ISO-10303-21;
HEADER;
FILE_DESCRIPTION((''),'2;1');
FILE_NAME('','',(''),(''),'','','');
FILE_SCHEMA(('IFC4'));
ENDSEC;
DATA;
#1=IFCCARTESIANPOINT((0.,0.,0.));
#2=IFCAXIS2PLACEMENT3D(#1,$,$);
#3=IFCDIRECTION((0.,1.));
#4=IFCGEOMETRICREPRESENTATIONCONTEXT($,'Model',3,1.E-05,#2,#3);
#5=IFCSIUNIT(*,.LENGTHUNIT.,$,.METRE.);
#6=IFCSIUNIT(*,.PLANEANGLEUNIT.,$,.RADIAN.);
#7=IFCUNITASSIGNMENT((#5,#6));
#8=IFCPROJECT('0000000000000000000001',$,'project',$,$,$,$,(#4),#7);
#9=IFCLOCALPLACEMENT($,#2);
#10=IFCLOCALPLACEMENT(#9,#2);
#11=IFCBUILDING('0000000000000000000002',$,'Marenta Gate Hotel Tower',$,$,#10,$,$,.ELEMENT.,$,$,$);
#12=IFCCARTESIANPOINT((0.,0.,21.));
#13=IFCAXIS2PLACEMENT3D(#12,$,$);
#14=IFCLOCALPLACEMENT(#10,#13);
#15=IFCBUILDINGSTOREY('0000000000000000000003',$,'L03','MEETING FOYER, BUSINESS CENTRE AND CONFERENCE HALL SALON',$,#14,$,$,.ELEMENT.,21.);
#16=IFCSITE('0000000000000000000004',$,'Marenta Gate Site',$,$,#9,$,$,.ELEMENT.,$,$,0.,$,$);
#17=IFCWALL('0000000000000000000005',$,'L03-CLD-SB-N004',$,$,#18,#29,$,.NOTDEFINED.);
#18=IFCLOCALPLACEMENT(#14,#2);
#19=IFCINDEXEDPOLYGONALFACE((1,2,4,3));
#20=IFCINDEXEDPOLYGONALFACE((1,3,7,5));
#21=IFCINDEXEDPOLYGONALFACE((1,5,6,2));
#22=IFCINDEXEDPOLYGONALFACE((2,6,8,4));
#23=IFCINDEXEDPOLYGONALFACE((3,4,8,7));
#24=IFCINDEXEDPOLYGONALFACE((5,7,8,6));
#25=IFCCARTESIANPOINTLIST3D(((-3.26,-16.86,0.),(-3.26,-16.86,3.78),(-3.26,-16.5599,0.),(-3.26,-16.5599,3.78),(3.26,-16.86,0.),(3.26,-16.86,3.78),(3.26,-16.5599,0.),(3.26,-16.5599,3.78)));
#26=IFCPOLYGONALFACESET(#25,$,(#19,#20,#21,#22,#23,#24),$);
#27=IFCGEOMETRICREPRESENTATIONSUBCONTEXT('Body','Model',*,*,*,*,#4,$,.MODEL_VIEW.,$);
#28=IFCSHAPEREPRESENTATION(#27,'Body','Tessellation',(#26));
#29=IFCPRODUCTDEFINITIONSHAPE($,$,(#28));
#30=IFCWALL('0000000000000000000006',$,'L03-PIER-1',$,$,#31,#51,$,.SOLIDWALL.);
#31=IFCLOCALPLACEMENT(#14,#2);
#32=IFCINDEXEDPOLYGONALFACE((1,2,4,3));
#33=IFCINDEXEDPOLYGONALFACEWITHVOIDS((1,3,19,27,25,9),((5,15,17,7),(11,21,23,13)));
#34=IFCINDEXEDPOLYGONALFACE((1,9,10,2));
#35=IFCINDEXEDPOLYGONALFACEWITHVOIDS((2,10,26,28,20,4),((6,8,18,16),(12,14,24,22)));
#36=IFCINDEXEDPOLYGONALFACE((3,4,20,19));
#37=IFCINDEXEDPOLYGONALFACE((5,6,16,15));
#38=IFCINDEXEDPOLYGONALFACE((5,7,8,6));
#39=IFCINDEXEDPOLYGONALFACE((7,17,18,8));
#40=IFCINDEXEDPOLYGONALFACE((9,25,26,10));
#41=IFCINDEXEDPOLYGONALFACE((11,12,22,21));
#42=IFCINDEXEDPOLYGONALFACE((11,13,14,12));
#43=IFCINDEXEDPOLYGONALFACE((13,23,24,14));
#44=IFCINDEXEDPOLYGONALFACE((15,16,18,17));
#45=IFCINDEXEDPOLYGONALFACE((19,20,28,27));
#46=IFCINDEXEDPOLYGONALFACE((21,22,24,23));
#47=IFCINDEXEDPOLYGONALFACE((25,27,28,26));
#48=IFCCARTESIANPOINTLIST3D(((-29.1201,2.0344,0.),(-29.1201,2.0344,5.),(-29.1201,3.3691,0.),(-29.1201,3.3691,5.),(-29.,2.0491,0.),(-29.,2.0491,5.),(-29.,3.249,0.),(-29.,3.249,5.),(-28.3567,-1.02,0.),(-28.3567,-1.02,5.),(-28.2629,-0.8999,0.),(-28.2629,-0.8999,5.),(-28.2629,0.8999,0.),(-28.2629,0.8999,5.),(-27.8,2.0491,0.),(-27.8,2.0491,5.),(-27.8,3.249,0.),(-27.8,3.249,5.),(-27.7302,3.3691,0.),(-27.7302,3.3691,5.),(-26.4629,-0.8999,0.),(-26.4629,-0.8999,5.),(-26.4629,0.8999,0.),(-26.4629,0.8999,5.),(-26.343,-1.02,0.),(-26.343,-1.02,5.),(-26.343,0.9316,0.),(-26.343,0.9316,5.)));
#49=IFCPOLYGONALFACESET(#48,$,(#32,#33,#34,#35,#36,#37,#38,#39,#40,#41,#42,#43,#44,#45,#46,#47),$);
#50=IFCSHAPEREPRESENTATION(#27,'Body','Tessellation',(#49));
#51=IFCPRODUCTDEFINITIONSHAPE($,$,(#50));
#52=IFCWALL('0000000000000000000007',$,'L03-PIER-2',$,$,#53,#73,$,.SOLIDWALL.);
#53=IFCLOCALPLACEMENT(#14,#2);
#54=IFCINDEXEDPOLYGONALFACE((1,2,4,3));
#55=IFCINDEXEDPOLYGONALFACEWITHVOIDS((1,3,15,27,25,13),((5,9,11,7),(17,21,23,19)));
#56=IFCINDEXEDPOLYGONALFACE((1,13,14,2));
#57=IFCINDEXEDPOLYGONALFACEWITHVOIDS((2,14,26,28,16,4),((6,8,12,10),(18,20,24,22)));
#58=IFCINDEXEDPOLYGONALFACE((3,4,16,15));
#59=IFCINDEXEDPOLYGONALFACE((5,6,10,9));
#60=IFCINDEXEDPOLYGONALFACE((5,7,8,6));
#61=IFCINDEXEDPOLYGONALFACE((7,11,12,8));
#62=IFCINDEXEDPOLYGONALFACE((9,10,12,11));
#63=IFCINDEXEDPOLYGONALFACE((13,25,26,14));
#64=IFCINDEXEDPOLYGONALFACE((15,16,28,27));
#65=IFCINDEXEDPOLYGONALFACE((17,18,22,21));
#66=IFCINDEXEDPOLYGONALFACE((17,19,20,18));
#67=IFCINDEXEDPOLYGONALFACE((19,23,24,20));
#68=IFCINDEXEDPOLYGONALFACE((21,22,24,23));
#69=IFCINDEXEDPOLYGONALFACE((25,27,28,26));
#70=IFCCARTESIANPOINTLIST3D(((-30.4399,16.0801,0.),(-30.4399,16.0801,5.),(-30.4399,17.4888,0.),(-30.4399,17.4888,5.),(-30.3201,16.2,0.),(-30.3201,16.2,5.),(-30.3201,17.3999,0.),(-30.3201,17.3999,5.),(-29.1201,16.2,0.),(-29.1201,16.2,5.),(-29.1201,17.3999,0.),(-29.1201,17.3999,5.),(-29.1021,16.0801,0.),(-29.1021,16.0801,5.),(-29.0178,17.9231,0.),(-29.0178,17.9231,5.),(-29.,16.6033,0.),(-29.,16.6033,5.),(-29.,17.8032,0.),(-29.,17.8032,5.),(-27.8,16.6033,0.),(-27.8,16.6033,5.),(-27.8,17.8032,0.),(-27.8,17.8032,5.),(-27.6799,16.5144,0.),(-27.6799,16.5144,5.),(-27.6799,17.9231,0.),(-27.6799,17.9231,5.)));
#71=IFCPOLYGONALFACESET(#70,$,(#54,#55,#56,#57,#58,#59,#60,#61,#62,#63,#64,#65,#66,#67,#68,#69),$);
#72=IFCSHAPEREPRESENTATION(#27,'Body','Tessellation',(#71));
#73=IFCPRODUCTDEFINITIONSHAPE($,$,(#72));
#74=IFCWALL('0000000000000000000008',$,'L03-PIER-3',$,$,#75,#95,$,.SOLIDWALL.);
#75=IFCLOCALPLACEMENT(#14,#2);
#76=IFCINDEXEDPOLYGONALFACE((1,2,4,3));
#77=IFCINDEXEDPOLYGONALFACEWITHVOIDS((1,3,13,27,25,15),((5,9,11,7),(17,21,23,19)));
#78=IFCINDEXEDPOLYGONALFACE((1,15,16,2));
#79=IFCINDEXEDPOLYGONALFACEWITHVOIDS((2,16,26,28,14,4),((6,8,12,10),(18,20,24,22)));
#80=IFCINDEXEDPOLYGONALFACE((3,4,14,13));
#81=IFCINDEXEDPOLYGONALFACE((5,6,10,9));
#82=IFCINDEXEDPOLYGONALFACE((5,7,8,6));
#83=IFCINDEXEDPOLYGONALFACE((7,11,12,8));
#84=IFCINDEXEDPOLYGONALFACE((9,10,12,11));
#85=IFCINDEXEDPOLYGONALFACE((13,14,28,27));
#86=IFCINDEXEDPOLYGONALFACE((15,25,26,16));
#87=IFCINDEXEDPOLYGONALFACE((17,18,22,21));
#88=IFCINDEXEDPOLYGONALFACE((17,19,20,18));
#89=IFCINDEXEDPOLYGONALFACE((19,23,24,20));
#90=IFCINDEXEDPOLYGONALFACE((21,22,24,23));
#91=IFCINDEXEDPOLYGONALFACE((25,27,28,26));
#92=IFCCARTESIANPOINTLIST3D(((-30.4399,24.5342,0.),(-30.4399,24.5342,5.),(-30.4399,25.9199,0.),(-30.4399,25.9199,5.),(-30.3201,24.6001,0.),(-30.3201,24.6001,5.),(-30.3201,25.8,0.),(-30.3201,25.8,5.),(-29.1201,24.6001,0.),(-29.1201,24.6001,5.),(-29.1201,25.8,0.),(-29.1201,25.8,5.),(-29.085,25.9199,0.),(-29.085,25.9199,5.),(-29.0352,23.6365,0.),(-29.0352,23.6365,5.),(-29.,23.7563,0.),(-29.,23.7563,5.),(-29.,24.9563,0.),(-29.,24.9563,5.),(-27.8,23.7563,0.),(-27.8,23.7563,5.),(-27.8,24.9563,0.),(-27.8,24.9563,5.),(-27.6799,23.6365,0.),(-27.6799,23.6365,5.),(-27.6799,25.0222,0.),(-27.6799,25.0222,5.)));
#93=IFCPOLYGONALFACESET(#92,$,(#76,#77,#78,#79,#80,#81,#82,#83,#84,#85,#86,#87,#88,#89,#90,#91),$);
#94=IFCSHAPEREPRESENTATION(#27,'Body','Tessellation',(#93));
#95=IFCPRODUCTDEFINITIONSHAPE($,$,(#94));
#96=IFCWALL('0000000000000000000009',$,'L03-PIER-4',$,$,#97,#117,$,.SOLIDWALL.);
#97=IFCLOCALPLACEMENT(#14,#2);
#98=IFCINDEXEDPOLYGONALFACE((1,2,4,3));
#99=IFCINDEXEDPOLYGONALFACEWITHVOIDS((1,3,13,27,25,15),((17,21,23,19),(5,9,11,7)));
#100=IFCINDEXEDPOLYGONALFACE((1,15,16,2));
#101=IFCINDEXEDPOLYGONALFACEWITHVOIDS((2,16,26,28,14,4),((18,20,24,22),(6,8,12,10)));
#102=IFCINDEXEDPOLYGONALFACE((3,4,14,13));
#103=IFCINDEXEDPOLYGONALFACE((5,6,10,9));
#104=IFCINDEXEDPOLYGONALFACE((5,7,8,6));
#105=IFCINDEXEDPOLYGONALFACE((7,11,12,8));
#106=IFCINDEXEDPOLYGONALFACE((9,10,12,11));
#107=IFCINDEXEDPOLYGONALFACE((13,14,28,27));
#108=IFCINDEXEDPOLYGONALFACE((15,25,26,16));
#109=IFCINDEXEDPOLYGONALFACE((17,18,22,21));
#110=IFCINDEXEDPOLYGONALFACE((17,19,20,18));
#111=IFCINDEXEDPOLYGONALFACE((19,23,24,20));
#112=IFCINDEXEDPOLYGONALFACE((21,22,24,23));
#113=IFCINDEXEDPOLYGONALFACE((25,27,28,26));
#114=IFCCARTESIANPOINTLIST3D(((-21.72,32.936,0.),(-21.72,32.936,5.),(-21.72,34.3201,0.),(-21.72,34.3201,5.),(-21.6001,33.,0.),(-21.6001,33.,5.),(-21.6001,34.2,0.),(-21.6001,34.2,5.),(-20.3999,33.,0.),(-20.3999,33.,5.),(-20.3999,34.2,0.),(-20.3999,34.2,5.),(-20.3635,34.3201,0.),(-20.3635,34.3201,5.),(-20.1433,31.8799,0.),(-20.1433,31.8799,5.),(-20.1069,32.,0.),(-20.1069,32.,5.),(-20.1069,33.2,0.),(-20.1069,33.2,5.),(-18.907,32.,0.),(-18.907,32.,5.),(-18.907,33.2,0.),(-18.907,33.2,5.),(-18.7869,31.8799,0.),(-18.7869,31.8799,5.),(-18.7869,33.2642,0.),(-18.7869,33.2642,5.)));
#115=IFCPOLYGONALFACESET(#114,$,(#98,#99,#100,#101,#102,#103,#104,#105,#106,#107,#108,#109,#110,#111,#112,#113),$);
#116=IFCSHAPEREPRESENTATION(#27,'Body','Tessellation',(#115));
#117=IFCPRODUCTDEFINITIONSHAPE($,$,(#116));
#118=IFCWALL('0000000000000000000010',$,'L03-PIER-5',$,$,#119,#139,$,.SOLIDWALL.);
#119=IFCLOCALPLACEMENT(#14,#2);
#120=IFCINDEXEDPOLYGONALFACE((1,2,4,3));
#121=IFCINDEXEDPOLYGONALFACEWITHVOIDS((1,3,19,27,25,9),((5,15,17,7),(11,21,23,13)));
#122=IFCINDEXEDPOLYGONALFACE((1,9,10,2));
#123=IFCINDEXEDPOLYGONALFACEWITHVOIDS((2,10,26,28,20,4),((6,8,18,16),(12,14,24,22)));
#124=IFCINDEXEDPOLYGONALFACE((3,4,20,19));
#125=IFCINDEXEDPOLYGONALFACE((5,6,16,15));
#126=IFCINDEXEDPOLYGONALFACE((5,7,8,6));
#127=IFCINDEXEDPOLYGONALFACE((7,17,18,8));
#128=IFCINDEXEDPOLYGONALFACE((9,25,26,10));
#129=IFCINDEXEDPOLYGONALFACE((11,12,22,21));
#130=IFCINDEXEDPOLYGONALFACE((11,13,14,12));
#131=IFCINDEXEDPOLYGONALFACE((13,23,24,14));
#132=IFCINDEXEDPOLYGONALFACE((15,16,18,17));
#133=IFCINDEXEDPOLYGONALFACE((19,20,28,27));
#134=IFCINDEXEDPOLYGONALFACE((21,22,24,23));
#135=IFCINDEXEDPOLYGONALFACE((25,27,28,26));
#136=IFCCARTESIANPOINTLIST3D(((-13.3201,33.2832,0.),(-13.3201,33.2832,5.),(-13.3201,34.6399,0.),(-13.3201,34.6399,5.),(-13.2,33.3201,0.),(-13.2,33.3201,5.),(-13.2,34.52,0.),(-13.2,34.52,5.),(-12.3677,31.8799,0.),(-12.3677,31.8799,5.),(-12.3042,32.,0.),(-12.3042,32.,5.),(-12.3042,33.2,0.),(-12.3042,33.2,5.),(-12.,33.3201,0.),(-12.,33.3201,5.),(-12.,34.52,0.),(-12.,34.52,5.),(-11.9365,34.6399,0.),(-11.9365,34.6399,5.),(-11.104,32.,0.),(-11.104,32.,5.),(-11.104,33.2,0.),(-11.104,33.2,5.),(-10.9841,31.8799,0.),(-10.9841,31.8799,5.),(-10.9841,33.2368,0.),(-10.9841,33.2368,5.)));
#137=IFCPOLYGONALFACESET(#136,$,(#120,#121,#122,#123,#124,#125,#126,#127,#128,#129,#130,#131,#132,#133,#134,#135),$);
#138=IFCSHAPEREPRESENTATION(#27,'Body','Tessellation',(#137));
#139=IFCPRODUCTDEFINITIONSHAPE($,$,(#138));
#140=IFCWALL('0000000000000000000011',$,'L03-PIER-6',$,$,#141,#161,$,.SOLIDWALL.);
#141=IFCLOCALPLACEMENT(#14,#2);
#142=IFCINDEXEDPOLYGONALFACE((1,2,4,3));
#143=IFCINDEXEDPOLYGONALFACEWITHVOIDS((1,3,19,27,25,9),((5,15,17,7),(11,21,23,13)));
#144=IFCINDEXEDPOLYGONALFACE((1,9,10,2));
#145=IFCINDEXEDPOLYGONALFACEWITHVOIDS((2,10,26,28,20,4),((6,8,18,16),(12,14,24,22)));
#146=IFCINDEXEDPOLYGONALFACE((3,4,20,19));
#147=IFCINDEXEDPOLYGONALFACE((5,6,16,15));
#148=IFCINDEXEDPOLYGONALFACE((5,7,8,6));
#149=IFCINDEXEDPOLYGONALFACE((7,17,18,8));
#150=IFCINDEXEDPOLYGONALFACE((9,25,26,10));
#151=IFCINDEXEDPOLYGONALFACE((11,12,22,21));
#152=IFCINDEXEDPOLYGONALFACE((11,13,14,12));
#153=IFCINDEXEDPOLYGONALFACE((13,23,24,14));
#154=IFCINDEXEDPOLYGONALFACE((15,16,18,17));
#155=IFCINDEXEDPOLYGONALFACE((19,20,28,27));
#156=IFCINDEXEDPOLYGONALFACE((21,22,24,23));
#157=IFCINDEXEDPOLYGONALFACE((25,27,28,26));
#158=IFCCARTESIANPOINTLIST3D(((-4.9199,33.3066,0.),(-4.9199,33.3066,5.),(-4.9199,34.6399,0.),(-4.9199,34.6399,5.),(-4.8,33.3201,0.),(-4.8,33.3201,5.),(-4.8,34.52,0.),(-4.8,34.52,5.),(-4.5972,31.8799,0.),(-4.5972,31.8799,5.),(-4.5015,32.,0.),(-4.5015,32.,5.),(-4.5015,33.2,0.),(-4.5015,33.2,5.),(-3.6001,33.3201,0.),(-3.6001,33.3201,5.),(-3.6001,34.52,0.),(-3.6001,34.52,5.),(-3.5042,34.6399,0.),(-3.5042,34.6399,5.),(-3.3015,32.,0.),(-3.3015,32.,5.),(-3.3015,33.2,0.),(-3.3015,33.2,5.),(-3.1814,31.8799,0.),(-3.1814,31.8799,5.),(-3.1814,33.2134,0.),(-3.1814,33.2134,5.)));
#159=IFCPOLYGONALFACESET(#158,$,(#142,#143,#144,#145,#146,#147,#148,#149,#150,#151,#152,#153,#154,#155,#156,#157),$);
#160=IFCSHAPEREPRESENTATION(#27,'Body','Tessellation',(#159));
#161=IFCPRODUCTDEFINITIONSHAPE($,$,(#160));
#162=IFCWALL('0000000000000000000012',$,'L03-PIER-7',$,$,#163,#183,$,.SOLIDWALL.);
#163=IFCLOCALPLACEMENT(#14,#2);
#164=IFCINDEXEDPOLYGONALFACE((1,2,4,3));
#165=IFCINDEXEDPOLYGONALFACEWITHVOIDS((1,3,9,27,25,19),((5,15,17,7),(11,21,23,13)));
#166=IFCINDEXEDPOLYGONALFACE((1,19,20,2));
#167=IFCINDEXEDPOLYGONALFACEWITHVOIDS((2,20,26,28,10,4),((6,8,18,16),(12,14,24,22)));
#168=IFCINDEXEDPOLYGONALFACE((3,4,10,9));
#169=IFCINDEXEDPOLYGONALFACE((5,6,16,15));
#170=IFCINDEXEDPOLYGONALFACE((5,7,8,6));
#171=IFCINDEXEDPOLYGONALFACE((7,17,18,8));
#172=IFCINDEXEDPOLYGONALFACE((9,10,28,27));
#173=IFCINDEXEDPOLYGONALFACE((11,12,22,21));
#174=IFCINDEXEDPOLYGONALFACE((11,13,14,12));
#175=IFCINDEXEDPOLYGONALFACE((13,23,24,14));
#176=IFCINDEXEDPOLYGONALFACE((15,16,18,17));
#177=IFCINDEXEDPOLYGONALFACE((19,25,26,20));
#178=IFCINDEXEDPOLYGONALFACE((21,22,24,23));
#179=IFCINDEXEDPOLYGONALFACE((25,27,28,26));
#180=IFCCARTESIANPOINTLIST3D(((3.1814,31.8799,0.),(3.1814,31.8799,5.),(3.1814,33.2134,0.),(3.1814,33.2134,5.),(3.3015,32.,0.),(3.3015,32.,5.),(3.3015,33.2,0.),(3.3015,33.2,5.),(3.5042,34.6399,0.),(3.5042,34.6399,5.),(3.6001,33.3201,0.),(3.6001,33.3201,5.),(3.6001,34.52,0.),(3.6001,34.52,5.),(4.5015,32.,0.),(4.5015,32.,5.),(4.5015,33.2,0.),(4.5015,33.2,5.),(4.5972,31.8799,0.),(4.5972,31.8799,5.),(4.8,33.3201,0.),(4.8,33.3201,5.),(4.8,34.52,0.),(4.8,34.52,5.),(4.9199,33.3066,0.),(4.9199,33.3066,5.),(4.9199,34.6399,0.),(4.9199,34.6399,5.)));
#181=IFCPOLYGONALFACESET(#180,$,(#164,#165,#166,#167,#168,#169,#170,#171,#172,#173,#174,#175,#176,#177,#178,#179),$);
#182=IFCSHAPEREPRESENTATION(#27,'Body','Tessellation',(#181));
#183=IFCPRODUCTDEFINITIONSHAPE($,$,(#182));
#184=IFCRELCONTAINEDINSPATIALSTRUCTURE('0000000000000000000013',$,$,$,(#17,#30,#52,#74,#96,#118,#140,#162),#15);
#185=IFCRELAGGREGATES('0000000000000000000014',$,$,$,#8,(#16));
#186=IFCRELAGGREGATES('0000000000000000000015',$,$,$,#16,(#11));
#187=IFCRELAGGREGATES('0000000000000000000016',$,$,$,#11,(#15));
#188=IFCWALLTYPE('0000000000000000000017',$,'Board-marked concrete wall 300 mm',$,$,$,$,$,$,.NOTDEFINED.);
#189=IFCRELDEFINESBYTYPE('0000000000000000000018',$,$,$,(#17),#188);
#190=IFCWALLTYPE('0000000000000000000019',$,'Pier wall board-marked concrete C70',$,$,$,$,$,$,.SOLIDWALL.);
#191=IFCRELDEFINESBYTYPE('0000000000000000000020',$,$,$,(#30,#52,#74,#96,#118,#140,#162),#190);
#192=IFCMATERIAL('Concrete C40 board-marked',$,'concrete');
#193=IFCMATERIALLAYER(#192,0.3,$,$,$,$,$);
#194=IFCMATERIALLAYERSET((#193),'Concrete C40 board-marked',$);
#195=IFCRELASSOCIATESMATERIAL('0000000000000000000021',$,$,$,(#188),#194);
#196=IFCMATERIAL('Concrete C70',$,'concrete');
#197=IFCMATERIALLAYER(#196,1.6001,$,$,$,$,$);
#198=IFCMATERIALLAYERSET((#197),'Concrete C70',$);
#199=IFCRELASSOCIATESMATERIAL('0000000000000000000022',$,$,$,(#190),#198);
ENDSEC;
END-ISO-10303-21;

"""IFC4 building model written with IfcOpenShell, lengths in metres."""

from ifc_helpers import new_model, si_unit, direction, frame, frame_2d, origin, place, context, subcontext, project, spatial, polyline, rectangle, outline, extrude, material, layer, layer_set, type_object, element, save


model = new_model("IFC4")

# Units and contexts
model_context = context("Model", 3, precision=1e-05, world=origin(), true_north=direction((0.0, 1.0)))
body_context = subcontext(model_context, "Body", "Model", "MODEL_VIEW")
ifc_project = project(units=[si_unit("LENGTHUNIT", "METRE"), si_unit("PLANEANGLEUNIT", "RADIAN")], contexts=[model_context])

# Site, building, storey
site_placement = place(None, origin())
site = spatial("IfcSite", under=ifc_project, at=site_placement, Name="Marenta Gate Site", CompositionType="ELEMENT", RefElevation=0.0)
building_placement = place(site_placement, origin())
building = spatial("IfcBuilding", under=site, at=building_placement, Name="Marenta Gate Hotel Tower", CompositionType="ELEMENT")
storey_placement = place(building_placement, frame((0.0, 0.0, 21.0)))
storey = spatial("IfcBuildingStorey", under=building, at=storey_placement, Name="L03", Description="MEETING FOYER, BUSINESS CENTRE AND CONFERENCE HALL SALON", CompositionType="ELEMENT", Elevation=21.0)

# Walls
ifc_material_1 = material(Name="Concrete C40 board-marked", Category="concrete")
ifc_layer_1 = layer(ifc_material_1, 0.3)
ifc_layer_set_1 = layer_set([ifc_layer_1], Name="Concrete C40 board-marked")
wall_type_1 = type_object("IfcWallType", Name="Board-marked concrete wall 300 mm", PredefinedType="NOTDEFINED", material=ifc_layer_set_1)
wall_1_placement = place(storey_placement, frame((3.26, -16.71, 0.0), z_axis=(0.0, 0.0, 1.0), x_axis=(-1.0, 0.0, 0.0)))
element("IfcWall", 1, at=wall_1_placement, inside=storey, type_object=wall_type_1, Name="L03-CLD-SB-N004", PredefinedType="NOTDEFINED", context=body_context, shape_type="SweptSolid", body=[
    extrude(rectangle(XDim=6.52, YDim=0.3, at=frame_2d((3.26, 0.0))), origin(), (0.0, 0.0, 1.0), 3.78),
])
ifc_material_2 = material(Name="Concrete C70", Category="concrete")
ifc_layer_2 = layer(ifc_material_2, 1.6001)
ifc_layer_set_2 = layer_set([ifc_layer_2], Name="Concrete C70")
wall_type_2 = type_object("IfcWallType", Name="Pier wall board-marked concrete C70", PredefinedType="SOLIDWALL", material=ifc_layer_set_2)
wall_2_placement = place(storey_placement, origin())
element("IfcWall", 2, at=wall_2_placement, inside=storey, type_object=wall_type_2, Name="L03-PIER-1", PredefinedType="SOLIDWALL", context=body_context, shape_type="SweptSolid", body=[
    extrude(outline(polyline([(-29.1201, 2.0344), (-29.1201, 3.3691), (-27.7302, 3.3691), (-26.343, 0.9316), (-26.343, -1.02), (-28.3567, -1.02), (-29.1201, 2.0344)]), holes=[polyline([(-28.2629, -0.8999), (-26.4629, -0.8999), (-26.4629, 0.8999), (-28.2629, 0.8999), (-28.2629, -0.8999)]), polyline([(-29.0, 2.0491), (-27.8, 2.0491), (-27.8, 3.249), (-29.0, 3.249), (-29.0, 2.0491)])]), origin(), (0.0, 0.0, 1.0), 5.0),
])
wall_3_placement = place(storey_placement, origin())
element("IfcWall", 3, at=wall_3_placement, inside=storey, type_object=wall_type_2, Name="L03-PIER-2", PredefinedType="SOLIDWALL", context=body_context, shape_type="SweptSolid", body=[
    extrude(outline(polyline([(-30.4399, 17.4888), (-29.0178, 17.9231), (-27.6799, 17.9231), (-27.6799, 16.5144), (-29.1021, 16.0801), (-30.4399, 16.0801), (-30.4399, 17.4888)]), holes=[polyline([(-29.0, 16.6033), (-27.8, 16.6033), (-27.8, 17.8032), (-29.0, 17.8032), (-29.0, 16.6033)]), polyline([(-30.3201, 16.2), (-29.1201, 16.2), (-29.1201, 17.3999), (-30.3201, 17.3999), (-30.3201, 16.2)])]), origin(), (0.0, 0.0, 1.0), 5.0),
])
wall_4_placement = place(storey_placement, origin())
element("IfcWall", 4, at=wall_4_placement, inside=storey, type_object=wall_type_2, Name="L03-PIER-3", PredefinedType="SOLIDWALL", context=body_context, shape_type="SweptSolid", body=[
    extrude(outline(polyline([(-30.4399, 24.5342), (-30.4399, 25.9199), (-29.085, 25.9199), (-27.6799, 25.0222), (-27.6799, 23.6365), (-29.0352, 23.6365), (-30.4399, 24.5342)]), holes=[polyline([(-29.0, 23.7563), (-27.8, 23.7563), (-27.8, 24.9563), (-29.0, 24.9563), (-29.0, 23.7563)]), polyline([(-30.3201, 24.6001), (-29.1201, 24.6001), (-29.1201, 25.8), (-30.3201, 25.8), (-30.3201, 24.6001)])]), origin(), (0.0, 0.0, 1.0), 5.0),
])
wall_5_placement = place(storey_placement, origin())
element("IfcWall", 5, at=wall_5_placement, inside=storey, type_object=wall_type_2, Name="L03-PIER-4", PredefinedType="SOLIDWALL", context=body_context, shape_type="SweptSolid", body=[
    extrude(outline(polyline([(-21.72, 34.3201), (-20.3635, 34.3201), (-18.7869, 33.2642), (-18.7869, 31.8799), (-20.1433, 31.8799), (-21.72, 32.936), (-21.72, 34.3201)]), holes=[polyline([(-18.907, 32.0), (-18.907, 33.2), (-20.1069, 33.2), (-20.1069, 32.0), (-18.907, 32.0)]), polyline([(-20.3999, 33.0), (-20.3999, 34.2), (-21.6001, 34.2), (-21.6001, 33.0), (-20.3999, 33.0)])]), origin(), (0.0, 0.0, 1.0), 5.0),
])
wall_6_placement = place(storey_placement, origin())
element("IfcWall", 6, at=wall_6_placement, inside=storey, type_object=wall_type_2, Name="L03-PIER-5", PredefinedType="SOLIDWALL", context=body_context, shape_type="SweptSolid", body=[
    extrude(outline(polyline([(-13.3201, 34.6399), (-11.9365, 34.6399), (-10.9841, 33.2368), (-10.9841, 31.8799), (-12.3677, 31.8799), (-13.3201, 33.2832), (-13.3201, 34.6399)]), holes=[polyline([(-11.104, 32.0), (-11.104, 33.2), (-12.3042, 33.2), (-12.3042, 32.0), (-11.104, 32.0)]), polyline([(-12.0, 33.3201), (-12.0, 34.52), (-13.2, 34.52), (-13.2, 33.3201), (-12.0, 33.3201)])]), origin(), (0.0, 0.0, 1.0), 5.0),
])
wall_7_placement = place(storey_placement, origin())
element("IfcWall", 7, at=wall_7_placement, inside=storey, type_object=wall_type_2, Name="L03-PIER-6", PredefinedType="SOLIDWALL", context=body_context, shape_type="SweptSolid", body=[
    extrude(outline(polyline([(-4.9199, 33.3066), (-4.9199, 34.6399), (-3.5042, 34.6399), (-3.1814, 33.2134), (-3.1814, 31.8799), (-4.5972, 31.8799), (-4.9199, 33.3066)]), holes=[polyline([(-4.5015, 32.0), (-3.3015, 32.0), (-3.3015, 33.2), (-4.5015, 33.2), (-4.5015, 32.0)]), polyline([(-4.8, 33.3201), (-3.6001, 33.3201), (-3.6001, 34.52), (-4.8, 34.52), (-4.8, 33.3201)])]), origin(), (0.0, 0.0, 1.0), 5.0),
])
wall_8_placement = place(storey_placement, origin())
element("IfcWall", 8, at=wall_8_placement, inside=storey, type_object=wall_type_2, Name="L03-PIER-7", PredefinedType="SOLIDWALL", context=body_context, shape_type="SweptSolid", body=[
    extrude(outline(polyline([(3.1814, 33.2134), (3.5042, 34.6399), (4.9199, 34.6399), (4.9199, 33.3066), (4.5972, 31.8799), (3.1814, 31.8799), (3.1814, 33.2134)]), holes=[polyline([(3.6001, 33.3201), (4.8, 33.3201), (4.8, 34.52), (3.6001, 34.52), (3.6001, 33.3201)]), polyline([(3.3015, 32.0), (4.5015, 32.0), (4.5015, 33.2), (3.3015, 33.2), (3.3015, 32.0)])]), origin(), (0.0, 0.0, 1.0), 5.0),
])

save(model, "model.ifc")
